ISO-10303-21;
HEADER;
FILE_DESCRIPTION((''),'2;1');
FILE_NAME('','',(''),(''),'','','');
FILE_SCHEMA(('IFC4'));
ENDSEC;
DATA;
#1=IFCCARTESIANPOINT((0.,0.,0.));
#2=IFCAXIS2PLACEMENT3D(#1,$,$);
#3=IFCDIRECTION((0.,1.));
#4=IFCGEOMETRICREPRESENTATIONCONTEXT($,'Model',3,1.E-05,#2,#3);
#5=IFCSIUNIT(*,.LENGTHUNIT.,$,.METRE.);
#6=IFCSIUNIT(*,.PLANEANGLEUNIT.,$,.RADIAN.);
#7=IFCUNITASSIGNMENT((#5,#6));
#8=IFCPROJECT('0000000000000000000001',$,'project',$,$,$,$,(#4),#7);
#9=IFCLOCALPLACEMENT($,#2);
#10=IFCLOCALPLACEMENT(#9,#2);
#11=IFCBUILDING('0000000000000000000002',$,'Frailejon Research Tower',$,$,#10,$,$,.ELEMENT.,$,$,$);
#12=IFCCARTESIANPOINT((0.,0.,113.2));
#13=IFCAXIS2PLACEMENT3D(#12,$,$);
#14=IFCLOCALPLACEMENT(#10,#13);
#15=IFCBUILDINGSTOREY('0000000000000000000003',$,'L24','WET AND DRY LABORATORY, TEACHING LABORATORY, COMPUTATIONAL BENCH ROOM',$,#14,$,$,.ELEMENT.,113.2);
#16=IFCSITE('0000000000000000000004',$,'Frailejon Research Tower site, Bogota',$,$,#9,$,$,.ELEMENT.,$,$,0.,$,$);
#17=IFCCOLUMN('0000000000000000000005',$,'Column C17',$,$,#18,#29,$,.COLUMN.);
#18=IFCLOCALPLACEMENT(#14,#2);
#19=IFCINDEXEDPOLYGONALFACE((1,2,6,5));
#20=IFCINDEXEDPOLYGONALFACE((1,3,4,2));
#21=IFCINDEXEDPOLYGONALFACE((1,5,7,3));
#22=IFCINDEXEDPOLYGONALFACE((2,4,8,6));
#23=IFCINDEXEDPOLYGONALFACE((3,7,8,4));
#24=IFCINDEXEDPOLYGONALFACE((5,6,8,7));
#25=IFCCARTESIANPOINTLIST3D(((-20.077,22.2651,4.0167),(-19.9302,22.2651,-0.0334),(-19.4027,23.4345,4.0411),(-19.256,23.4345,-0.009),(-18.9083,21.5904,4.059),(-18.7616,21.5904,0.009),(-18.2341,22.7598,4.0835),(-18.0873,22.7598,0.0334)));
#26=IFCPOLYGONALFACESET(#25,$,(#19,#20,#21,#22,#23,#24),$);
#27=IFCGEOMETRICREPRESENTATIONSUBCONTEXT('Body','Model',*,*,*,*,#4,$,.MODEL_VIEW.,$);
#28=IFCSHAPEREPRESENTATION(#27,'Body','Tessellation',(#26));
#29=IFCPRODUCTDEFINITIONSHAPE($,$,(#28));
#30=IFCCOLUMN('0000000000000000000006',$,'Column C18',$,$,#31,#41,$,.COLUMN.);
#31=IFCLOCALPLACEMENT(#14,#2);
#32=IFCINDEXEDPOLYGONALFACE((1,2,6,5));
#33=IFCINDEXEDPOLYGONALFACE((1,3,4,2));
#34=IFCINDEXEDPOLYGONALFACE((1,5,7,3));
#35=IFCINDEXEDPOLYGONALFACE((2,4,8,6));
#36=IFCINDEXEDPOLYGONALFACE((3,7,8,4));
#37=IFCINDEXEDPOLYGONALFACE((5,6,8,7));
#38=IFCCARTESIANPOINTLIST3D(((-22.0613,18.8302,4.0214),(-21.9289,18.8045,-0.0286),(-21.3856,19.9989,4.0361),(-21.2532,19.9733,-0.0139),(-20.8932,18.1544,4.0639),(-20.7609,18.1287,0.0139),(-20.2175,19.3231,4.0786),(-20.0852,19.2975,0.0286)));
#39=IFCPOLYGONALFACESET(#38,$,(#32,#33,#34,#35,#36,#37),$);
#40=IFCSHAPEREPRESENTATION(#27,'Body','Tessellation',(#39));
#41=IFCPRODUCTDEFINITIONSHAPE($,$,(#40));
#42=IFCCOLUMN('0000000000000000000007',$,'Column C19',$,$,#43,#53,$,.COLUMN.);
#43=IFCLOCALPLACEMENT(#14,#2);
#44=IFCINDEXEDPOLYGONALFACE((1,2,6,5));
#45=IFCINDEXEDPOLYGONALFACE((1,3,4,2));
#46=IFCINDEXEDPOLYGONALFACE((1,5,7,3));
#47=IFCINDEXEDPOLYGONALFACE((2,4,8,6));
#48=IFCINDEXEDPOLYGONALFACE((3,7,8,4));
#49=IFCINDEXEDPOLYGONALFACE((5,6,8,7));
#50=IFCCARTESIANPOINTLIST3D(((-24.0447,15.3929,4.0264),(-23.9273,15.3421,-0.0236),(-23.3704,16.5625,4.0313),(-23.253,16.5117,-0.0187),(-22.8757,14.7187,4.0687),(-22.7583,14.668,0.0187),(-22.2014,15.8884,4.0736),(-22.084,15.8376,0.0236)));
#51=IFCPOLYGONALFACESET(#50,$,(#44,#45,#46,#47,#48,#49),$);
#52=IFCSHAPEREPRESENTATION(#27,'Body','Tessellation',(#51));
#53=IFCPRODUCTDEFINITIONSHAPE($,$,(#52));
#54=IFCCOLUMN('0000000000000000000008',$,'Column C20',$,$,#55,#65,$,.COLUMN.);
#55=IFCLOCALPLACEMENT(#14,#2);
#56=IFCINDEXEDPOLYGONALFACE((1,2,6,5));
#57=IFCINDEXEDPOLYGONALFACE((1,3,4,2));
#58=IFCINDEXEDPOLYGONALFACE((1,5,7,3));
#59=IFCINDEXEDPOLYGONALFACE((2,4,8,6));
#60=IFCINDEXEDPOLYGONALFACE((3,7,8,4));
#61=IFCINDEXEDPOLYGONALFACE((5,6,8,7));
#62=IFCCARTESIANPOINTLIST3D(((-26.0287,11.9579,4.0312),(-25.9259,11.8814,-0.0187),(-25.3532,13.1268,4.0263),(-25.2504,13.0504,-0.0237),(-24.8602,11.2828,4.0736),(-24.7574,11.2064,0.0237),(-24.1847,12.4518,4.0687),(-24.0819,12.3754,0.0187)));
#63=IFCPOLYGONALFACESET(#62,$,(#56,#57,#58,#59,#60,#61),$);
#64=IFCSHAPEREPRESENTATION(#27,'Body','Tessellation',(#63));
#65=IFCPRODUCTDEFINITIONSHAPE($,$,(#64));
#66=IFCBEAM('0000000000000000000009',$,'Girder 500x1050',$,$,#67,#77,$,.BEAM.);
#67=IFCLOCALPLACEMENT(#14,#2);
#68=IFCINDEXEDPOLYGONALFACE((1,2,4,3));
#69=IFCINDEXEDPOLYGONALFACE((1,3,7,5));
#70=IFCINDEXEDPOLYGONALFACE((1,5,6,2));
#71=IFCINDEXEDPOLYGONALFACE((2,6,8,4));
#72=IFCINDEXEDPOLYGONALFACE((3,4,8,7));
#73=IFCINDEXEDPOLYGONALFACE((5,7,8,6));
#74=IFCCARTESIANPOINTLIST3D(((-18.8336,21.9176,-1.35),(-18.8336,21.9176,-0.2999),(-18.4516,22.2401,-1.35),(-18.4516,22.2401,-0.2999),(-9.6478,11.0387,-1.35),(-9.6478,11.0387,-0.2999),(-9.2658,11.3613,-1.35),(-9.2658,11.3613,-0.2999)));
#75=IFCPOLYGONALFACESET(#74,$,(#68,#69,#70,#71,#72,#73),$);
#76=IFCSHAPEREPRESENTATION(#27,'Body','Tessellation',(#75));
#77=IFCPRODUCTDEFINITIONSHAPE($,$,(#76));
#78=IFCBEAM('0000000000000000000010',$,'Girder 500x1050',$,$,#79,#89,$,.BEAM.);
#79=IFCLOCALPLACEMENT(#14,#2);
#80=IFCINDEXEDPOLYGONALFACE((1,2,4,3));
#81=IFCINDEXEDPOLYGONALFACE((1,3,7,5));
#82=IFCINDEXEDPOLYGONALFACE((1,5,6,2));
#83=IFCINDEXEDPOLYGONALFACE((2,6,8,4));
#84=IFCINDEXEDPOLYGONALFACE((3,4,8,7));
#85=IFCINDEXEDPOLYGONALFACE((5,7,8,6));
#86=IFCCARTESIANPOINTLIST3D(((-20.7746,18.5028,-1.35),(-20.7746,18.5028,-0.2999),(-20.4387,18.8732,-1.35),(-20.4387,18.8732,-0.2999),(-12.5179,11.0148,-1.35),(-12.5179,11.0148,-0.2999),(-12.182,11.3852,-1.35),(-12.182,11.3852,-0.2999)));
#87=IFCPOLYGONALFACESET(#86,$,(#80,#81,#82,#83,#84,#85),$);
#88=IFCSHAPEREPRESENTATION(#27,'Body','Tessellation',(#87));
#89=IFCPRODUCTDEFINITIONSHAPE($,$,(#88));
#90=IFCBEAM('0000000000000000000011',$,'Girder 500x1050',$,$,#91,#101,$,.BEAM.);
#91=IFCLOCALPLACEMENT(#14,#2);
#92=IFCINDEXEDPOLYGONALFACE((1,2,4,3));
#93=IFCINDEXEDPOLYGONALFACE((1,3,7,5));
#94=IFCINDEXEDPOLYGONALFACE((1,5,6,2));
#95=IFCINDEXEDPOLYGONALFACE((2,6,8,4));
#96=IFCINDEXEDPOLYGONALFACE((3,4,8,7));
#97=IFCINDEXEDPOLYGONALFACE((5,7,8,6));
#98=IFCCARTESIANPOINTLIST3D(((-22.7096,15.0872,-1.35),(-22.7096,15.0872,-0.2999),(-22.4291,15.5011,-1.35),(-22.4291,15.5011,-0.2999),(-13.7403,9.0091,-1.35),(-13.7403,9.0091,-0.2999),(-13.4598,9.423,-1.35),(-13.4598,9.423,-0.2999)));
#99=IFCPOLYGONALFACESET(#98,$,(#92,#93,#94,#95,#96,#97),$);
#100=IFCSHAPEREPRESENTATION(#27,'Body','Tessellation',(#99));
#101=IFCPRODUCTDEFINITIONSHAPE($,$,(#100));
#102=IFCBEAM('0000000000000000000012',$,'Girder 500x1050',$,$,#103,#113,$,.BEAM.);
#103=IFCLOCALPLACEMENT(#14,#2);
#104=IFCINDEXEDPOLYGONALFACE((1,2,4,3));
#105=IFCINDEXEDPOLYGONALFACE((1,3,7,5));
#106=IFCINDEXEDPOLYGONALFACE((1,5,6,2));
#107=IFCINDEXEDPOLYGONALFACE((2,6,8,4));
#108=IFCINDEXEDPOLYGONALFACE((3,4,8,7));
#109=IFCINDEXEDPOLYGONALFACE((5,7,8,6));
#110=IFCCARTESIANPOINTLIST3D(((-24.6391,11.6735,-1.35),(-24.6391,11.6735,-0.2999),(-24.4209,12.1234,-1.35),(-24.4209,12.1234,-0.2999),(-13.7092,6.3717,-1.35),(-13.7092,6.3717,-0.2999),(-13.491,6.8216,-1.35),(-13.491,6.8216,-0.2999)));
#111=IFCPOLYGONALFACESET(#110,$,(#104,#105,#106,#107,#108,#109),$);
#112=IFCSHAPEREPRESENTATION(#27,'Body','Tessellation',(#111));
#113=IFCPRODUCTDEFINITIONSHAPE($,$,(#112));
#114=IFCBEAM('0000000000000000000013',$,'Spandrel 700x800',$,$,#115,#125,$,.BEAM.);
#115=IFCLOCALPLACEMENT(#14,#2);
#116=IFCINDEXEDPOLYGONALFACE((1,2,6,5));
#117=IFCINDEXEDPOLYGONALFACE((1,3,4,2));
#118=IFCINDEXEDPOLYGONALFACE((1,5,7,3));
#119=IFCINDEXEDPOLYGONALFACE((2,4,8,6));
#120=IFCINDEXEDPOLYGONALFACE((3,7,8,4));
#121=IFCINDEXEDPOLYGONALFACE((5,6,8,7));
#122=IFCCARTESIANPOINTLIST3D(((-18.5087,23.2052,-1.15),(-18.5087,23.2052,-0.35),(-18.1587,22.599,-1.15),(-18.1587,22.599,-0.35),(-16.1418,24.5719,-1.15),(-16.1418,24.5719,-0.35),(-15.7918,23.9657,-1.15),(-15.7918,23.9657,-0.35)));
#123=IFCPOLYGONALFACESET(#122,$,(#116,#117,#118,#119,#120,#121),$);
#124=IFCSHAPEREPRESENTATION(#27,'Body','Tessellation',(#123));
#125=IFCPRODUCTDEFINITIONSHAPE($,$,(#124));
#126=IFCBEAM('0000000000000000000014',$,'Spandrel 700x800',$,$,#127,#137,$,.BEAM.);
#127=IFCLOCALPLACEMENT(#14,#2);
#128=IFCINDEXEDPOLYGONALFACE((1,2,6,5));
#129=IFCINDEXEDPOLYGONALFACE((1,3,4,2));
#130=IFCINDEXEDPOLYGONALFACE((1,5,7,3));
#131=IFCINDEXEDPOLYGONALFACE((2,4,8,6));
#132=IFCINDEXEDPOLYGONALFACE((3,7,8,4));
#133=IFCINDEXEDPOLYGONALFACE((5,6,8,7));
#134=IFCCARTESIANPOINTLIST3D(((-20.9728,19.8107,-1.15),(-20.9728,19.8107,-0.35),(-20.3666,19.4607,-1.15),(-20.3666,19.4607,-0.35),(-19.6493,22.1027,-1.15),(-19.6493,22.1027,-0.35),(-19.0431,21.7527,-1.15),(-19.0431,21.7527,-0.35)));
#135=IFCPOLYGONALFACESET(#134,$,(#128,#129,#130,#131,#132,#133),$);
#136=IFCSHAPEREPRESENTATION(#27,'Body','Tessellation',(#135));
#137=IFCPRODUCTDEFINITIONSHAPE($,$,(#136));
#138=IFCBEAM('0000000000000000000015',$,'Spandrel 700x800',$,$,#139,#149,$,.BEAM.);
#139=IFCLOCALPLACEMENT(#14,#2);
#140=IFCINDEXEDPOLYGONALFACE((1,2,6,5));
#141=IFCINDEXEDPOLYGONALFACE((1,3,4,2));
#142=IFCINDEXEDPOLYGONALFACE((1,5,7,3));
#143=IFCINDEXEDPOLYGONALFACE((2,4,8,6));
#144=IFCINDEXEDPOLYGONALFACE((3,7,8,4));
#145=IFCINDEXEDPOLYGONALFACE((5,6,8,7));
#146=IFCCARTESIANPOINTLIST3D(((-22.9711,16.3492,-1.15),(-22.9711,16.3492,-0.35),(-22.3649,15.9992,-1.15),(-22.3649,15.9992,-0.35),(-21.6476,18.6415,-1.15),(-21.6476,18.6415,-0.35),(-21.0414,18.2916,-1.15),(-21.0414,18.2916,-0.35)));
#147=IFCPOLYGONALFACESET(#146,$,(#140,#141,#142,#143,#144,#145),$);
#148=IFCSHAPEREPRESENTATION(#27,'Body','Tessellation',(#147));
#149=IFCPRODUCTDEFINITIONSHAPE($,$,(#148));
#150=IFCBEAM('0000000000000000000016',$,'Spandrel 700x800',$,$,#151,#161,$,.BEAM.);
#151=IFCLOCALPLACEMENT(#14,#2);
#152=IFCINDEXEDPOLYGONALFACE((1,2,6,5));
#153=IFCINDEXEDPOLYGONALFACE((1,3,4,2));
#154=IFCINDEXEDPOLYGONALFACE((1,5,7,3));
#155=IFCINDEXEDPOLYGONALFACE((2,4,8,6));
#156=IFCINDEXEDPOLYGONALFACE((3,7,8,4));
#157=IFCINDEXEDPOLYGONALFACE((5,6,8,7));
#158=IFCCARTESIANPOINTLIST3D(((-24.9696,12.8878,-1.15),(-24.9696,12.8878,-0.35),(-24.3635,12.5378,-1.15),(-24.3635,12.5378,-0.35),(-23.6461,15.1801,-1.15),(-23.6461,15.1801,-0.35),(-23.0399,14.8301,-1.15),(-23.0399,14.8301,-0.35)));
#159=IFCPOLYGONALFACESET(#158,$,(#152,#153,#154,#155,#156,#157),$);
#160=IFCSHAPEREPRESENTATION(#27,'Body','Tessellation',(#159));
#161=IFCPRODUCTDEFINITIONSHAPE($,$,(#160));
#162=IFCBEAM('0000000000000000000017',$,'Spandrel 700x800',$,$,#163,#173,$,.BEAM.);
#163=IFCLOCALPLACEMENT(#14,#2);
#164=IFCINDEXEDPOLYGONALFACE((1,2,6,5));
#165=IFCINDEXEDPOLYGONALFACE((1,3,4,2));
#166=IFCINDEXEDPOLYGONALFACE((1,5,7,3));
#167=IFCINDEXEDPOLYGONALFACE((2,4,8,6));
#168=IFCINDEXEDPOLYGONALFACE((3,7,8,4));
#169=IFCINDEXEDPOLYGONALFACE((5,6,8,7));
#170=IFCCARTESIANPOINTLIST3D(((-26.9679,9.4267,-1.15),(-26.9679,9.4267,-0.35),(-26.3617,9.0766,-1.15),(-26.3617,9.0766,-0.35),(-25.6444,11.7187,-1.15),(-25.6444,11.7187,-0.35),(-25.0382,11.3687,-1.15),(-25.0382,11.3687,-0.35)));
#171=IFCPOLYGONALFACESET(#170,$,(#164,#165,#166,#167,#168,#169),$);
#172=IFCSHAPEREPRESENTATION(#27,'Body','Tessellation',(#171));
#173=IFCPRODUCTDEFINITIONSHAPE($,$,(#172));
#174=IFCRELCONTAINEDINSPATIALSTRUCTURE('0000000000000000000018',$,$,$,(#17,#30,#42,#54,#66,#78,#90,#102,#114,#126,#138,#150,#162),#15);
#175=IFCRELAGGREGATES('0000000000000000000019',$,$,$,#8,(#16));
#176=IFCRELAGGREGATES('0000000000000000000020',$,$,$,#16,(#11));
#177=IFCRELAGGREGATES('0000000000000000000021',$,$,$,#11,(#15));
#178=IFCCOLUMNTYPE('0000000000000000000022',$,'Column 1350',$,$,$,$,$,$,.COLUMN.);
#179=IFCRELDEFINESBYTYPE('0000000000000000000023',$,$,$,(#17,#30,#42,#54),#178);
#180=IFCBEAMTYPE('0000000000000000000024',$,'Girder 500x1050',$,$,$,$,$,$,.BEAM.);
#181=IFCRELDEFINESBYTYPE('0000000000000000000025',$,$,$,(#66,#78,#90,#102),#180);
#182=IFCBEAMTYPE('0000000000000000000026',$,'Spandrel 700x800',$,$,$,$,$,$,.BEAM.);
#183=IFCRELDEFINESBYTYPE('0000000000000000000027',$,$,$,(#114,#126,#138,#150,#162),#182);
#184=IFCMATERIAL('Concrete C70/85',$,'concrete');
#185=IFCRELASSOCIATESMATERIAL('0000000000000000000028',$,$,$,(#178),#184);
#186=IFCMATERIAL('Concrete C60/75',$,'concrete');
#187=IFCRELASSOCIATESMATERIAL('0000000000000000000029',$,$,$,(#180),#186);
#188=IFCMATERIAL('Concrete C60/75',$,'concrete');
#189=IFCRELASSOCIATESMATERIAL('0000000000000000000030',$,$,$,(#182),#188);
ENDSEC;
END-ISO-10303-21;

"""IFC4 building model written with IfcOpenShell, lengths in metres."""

from ifc_helpers import new_model, si_unit, direction, frame, origin, origin_2d, place, context, subcontext, project, spatial, rectangle, extrude, material, material_profile, profile_set, type_object, element, save


model = new_model("IFC4")

# Units and contexts
model_context = context("Model", 3, precision=1e-05, world=origin(), true_north=direction((0.0, 1.0)))
body_context = subcontext(model_context, "Body", "Model", "MODEL_VIEW")
ifc_project = project(units=[si_unit("LENGTHUNIT", "METRE"), si_unit("PLANEANGLEUNIT", "RADIAN")], contexts=[model_context])

# Site, building, storey
site_placement = place(None, origin())
site = spatial("IfcSite", under=ifc_project, at=site_placement, Name="Frailejon Research Tower site, Bogota", CompositionType="ELEMENT", RefElevation=0.0)
building_placement = place(site_placement, origin())
building = spatial("IfcBuilding", under=site, at=building_placement, Name="Frailejon Research Tower", CompositionType="ELEMENT")
storey_placement = place(building_placement, frame((0.0, 0.0, 113.2)))
storey = spatial("IfcBuildingStorey", under=building, at=storey_placement, Name="L24", Description="WET AND DRY LABORATORY, TEACHING LABORATORY, COMPUTATIONAL BENCH ROOM", CompositionType="ELEMENT", Elevation=113.2)

# Columns
ifc_material_1 = material(Name="Concrete C70/85", Category="concrete")
ifc_material_profile_1 = material_profile(ifc_material_1, rectangle(XDim=1.3501, YDim=1.3501, at=origin_2d()), Name="Column 1350")
ifc_profile_set_1 = profile_set([ifc_material_profile_1], Name="Concrete C70/85")
column_type = type_object("IfcColumnType", Name="Column 1350", PredefinedType="COLUMN", material=ifc_profile_set_1)
column_1_placement = place(storey_placement, frame((-19.0088, 22.5125, 0.0), z_axis=(-0.036205, 0.0, 0.999344), x_axis=(-0.499426, -0.866168, -0.018094)))
element("IfcColumn", 1, at=column_1_placement, inside=storey, type_object=column_type, Name="Column C17", PredefinedType="COLUMN", context=body_context, shape_type="SweptSolid", body=[
    extrude(rectangle(XDim=1.3501, YDim=1.3501, at=origin_2d()), origin(), (0.0, 0.0, 1.0), 4.0527),
])
column_2_placement = place(storey_placement, frame((-21.0071, 19.051, 0.0), z_axis=(-0.032654, 0.006326, 0.999447), x_axis=(-0.500479, -0.865681, -0.010872)))
element("IfcColumn", 2, at=column_2_placement, inside=storey, type_object=column_type, Name="Column C18", PredefinedType="COLUMN", context=body_context, shape_type="SweptSolid", body=[
    extrude(rectangle(XDim=1.3501, YDim=1.3501, at=origin_2d()), origin(), (0.0, 0.0, 1.0), 4.0522),
])
for number, where, z_axis, x_axis, name in (
    (3, (-23.0056, 15.5898, 0.0), (-0.028981, 0.012532, 0.999501), (-0.49945, -0.866335, -0.003619), "Column C19"),
    (4, (-25.0039, 12.1284, 0.0), (-0.025366, 0.018858, 0.9995), (-0.500322, -0.865832, 0.003639), "Column C20"),
):
    element("IfcColumn", number, at=place(storey_placement, frame(where, z_axis=z_axis, x_axis=x_axis)), inside=storey, type_object=column_type, Name=name, PredefinedType="COLUMN", context=body_context, shape_type="SweptSolid", body=[
        extrude(rectangle(XDim=1.3501, YDim=1.3501, at=origin_2d()), origin(), (0.0, 0.0, 1.0), 4.052),
    ])

# Beams
ifc_material_2 = material(Name="Concrete C60/75", Category="concrete")
ifc_material_profile_2 = material_profile(ifc_material_2, rectangle(XDim=0.5, YDim=1.05, at=origin_2d()), Name="Girder 500x1050")
ifc_profile_set_2 = profile_set([ifc_material_profile_2], Name="Concrete C60/75")
beam_type_1 = type_object("IfcBeamType", Name="Girder 500x1050", PredefinedType="BEAM", material=ifc_profile_set_2)
beam_1_placement = place(storey_placement, frame((-18.6426, 22.0789, -0.825), z_axis=(0.645146, -0.764059, 0.0), x_axis=(0.764059, 0.645146, 0.0)))
element("IfcBeam", 5, at=beam_1_placement, inside=storey, type_object=beam_type_1, Name="Girder 500x1050", PredefinedType="BEAM", context=body_context, shape_type="SweptSolid", body=[
    extrude(rectangle(XDim=0.5, YDim=1.05, at=origin_2d()), origin(), (0.0, 0.0, 1.0), 14.2383),
])
beam_2_placement = place(storey_placement, frame((-20.6067, 18.688, -0.825), z_axis=(0.740751, -0.671779, 0.0), x_axis=(0.671779, 0.740751, 0.0)))
element("IfcBeam", 6, at=beam_2_placement, inside=storey, type_object=beam_type_1, Name="Girder 500x1050", PredefinedType="BEAM", context=body_context, shape_type="SweptSolid", body=[
    extrude(rectangle(XDim=0.5, YDim=1.05, at=origin_2d()), origin(), (0.0, 0.0, 1.0), 11.1465),
])
beam_3_placement = place(storey_placement, frame((-22.5693, 15.2942, -0.825), z_axis=(0.827825, -0.560987, 0.0), x_axis=(0.560987, 0.827825, 0.0)))
element("IfcBeam", 7, at=beam_3_placement, inside=storey, type_object=beam_type_1, Name="Girder 500x1050", PredefinedType="BEAM", context=body_context, shape_type="SweptSolid", body=[
    extrude(rectangle(XDim=0.5, YDim=1.05, at=origin_2d()), origin(), (0.0, 0.0, 1.0), 10.8347),
])
beam_4_placement = place(storey_placement, frame((-24.53, 11.8984, -0.825), z_axis=(0.899737, -0.436433, 0.0), x_axis=(0.436433, 0.899737, 0.0)))
element("IfcBeam", 8, at=beam_4_placement, inside=storey, type_object=beam_type_1, Name="Girder 500x1050", PredefinedType="BEAM", context=body_context, shape_type="SweptSolid", body=[
    extrude(rectangle(XDim=0.5, YDim=1.05, at=origin_2d()), origin(), (0.0, 0.0, 1.0), 12.1479),
])
ifc_material_3 = material(Name="Concrete C60/75", Category="concrete")
ifc_material_profile_3 = material_profile(ifc_material_3, rectangle(XDim=0.7, YDim=0.8, at=origin_2d()), Name="Spandrel 700x800")
ifc_profile_set_3 = profile_set([ifc_material_profile_3], Name="Concrete C60/75")
beam_type_2 = type_object("IfcBeamType", Name="Spandrel 700x800", PredefinedType="BEAM", material=ifc_profile_set_3)
beam_5_placement = place(storey_placement, frame((-15.9668, 24.2688, -0.75), z_axis=(-0.866003, -0.500039, 0.0), x_axis=(0.500039, -0.866003, 0.0)))
element("IfcBeam", 9, at=beam_5_placement, inside=storey, type_object=beam_type_2, Name="Spandrel 700x800", PredefinedType="BEAM", context=body_context, shape_type="SweptSolid", body=[
    extrude(rectangle(XDim=0.7, YDim=0.8, at=origin_2d()), origin(), (0.0, 0.0, 1.0), 2.7332),
])
beam_6_placement = place(storey_placement, frame((-19.3462, 21.9277, -0.75), z_axis=(-0.500058, -0.865992, 0.0), x_axis=(0.865992, -0.500058, 0.0)))
element("IfcBeam", 10, at=beam_6_placement, inside=storey, type_object=beam_type_2, Name="Spandrel 700x800", PredefinedType="BEAM", context=body_context, shape_type="SweptSolid", body=[
    extrude(rectangle(XDim=0.7, YDim=0.8, at=origin_2d()), origin(), (0.0, 0.0, 1.0), 2.6467),
])
for number, where, z_axis, x_axis, name in (
    (11, (-21.3445, 18.4666, -0.75), (-0.500018, -0.866015, 0.0), (0.866015, -0.500018, 0.0), "Spandrel 700x800"),
    (12, (-23.343, 15.0051, -0.75), (-0.500018, -0.866015, 0.0), (0.866015, -0.500018, 0.0), "Spandrel 700x800"),
):
    element("IfcBeam", number, at=place(storey_placement, frame(where, z_axis=z_axis, x_axis=x_axis)), inside=storey, type_object=beam_type_2, Name=name, PredefinedType="BEAM", context=body_context, shape_type="SweptSolid", body=[
        extrude(rectangle(XDim=0.7, YDim=0.8, at=origin_2d()), origin(), (0.0, 0.0, 1.0), 2.647),
    ])
beam_7_placement = place(storey_placement, frame((-25.3413, 11.5437, -0.75), z_axis=(-0.500058, -0.865992, 0.0), x_axis=(0.865992, -0.500058, 0.0)))
element("IfcBeam", 13, at=beam_7_placement, inside=storey, type_object=beam_type_2, Name="Spandrel 700x800", PredefinedType="BEAM", context=body_context, shape_type="SweptSolid", body=[
    extrude(rectangle(XDim=0.7, YDim=0.8, at=origin_2d()), origin(), (0.0, 0.0, 1.0), 2.6467),
])

save(model, "model.ifc")
